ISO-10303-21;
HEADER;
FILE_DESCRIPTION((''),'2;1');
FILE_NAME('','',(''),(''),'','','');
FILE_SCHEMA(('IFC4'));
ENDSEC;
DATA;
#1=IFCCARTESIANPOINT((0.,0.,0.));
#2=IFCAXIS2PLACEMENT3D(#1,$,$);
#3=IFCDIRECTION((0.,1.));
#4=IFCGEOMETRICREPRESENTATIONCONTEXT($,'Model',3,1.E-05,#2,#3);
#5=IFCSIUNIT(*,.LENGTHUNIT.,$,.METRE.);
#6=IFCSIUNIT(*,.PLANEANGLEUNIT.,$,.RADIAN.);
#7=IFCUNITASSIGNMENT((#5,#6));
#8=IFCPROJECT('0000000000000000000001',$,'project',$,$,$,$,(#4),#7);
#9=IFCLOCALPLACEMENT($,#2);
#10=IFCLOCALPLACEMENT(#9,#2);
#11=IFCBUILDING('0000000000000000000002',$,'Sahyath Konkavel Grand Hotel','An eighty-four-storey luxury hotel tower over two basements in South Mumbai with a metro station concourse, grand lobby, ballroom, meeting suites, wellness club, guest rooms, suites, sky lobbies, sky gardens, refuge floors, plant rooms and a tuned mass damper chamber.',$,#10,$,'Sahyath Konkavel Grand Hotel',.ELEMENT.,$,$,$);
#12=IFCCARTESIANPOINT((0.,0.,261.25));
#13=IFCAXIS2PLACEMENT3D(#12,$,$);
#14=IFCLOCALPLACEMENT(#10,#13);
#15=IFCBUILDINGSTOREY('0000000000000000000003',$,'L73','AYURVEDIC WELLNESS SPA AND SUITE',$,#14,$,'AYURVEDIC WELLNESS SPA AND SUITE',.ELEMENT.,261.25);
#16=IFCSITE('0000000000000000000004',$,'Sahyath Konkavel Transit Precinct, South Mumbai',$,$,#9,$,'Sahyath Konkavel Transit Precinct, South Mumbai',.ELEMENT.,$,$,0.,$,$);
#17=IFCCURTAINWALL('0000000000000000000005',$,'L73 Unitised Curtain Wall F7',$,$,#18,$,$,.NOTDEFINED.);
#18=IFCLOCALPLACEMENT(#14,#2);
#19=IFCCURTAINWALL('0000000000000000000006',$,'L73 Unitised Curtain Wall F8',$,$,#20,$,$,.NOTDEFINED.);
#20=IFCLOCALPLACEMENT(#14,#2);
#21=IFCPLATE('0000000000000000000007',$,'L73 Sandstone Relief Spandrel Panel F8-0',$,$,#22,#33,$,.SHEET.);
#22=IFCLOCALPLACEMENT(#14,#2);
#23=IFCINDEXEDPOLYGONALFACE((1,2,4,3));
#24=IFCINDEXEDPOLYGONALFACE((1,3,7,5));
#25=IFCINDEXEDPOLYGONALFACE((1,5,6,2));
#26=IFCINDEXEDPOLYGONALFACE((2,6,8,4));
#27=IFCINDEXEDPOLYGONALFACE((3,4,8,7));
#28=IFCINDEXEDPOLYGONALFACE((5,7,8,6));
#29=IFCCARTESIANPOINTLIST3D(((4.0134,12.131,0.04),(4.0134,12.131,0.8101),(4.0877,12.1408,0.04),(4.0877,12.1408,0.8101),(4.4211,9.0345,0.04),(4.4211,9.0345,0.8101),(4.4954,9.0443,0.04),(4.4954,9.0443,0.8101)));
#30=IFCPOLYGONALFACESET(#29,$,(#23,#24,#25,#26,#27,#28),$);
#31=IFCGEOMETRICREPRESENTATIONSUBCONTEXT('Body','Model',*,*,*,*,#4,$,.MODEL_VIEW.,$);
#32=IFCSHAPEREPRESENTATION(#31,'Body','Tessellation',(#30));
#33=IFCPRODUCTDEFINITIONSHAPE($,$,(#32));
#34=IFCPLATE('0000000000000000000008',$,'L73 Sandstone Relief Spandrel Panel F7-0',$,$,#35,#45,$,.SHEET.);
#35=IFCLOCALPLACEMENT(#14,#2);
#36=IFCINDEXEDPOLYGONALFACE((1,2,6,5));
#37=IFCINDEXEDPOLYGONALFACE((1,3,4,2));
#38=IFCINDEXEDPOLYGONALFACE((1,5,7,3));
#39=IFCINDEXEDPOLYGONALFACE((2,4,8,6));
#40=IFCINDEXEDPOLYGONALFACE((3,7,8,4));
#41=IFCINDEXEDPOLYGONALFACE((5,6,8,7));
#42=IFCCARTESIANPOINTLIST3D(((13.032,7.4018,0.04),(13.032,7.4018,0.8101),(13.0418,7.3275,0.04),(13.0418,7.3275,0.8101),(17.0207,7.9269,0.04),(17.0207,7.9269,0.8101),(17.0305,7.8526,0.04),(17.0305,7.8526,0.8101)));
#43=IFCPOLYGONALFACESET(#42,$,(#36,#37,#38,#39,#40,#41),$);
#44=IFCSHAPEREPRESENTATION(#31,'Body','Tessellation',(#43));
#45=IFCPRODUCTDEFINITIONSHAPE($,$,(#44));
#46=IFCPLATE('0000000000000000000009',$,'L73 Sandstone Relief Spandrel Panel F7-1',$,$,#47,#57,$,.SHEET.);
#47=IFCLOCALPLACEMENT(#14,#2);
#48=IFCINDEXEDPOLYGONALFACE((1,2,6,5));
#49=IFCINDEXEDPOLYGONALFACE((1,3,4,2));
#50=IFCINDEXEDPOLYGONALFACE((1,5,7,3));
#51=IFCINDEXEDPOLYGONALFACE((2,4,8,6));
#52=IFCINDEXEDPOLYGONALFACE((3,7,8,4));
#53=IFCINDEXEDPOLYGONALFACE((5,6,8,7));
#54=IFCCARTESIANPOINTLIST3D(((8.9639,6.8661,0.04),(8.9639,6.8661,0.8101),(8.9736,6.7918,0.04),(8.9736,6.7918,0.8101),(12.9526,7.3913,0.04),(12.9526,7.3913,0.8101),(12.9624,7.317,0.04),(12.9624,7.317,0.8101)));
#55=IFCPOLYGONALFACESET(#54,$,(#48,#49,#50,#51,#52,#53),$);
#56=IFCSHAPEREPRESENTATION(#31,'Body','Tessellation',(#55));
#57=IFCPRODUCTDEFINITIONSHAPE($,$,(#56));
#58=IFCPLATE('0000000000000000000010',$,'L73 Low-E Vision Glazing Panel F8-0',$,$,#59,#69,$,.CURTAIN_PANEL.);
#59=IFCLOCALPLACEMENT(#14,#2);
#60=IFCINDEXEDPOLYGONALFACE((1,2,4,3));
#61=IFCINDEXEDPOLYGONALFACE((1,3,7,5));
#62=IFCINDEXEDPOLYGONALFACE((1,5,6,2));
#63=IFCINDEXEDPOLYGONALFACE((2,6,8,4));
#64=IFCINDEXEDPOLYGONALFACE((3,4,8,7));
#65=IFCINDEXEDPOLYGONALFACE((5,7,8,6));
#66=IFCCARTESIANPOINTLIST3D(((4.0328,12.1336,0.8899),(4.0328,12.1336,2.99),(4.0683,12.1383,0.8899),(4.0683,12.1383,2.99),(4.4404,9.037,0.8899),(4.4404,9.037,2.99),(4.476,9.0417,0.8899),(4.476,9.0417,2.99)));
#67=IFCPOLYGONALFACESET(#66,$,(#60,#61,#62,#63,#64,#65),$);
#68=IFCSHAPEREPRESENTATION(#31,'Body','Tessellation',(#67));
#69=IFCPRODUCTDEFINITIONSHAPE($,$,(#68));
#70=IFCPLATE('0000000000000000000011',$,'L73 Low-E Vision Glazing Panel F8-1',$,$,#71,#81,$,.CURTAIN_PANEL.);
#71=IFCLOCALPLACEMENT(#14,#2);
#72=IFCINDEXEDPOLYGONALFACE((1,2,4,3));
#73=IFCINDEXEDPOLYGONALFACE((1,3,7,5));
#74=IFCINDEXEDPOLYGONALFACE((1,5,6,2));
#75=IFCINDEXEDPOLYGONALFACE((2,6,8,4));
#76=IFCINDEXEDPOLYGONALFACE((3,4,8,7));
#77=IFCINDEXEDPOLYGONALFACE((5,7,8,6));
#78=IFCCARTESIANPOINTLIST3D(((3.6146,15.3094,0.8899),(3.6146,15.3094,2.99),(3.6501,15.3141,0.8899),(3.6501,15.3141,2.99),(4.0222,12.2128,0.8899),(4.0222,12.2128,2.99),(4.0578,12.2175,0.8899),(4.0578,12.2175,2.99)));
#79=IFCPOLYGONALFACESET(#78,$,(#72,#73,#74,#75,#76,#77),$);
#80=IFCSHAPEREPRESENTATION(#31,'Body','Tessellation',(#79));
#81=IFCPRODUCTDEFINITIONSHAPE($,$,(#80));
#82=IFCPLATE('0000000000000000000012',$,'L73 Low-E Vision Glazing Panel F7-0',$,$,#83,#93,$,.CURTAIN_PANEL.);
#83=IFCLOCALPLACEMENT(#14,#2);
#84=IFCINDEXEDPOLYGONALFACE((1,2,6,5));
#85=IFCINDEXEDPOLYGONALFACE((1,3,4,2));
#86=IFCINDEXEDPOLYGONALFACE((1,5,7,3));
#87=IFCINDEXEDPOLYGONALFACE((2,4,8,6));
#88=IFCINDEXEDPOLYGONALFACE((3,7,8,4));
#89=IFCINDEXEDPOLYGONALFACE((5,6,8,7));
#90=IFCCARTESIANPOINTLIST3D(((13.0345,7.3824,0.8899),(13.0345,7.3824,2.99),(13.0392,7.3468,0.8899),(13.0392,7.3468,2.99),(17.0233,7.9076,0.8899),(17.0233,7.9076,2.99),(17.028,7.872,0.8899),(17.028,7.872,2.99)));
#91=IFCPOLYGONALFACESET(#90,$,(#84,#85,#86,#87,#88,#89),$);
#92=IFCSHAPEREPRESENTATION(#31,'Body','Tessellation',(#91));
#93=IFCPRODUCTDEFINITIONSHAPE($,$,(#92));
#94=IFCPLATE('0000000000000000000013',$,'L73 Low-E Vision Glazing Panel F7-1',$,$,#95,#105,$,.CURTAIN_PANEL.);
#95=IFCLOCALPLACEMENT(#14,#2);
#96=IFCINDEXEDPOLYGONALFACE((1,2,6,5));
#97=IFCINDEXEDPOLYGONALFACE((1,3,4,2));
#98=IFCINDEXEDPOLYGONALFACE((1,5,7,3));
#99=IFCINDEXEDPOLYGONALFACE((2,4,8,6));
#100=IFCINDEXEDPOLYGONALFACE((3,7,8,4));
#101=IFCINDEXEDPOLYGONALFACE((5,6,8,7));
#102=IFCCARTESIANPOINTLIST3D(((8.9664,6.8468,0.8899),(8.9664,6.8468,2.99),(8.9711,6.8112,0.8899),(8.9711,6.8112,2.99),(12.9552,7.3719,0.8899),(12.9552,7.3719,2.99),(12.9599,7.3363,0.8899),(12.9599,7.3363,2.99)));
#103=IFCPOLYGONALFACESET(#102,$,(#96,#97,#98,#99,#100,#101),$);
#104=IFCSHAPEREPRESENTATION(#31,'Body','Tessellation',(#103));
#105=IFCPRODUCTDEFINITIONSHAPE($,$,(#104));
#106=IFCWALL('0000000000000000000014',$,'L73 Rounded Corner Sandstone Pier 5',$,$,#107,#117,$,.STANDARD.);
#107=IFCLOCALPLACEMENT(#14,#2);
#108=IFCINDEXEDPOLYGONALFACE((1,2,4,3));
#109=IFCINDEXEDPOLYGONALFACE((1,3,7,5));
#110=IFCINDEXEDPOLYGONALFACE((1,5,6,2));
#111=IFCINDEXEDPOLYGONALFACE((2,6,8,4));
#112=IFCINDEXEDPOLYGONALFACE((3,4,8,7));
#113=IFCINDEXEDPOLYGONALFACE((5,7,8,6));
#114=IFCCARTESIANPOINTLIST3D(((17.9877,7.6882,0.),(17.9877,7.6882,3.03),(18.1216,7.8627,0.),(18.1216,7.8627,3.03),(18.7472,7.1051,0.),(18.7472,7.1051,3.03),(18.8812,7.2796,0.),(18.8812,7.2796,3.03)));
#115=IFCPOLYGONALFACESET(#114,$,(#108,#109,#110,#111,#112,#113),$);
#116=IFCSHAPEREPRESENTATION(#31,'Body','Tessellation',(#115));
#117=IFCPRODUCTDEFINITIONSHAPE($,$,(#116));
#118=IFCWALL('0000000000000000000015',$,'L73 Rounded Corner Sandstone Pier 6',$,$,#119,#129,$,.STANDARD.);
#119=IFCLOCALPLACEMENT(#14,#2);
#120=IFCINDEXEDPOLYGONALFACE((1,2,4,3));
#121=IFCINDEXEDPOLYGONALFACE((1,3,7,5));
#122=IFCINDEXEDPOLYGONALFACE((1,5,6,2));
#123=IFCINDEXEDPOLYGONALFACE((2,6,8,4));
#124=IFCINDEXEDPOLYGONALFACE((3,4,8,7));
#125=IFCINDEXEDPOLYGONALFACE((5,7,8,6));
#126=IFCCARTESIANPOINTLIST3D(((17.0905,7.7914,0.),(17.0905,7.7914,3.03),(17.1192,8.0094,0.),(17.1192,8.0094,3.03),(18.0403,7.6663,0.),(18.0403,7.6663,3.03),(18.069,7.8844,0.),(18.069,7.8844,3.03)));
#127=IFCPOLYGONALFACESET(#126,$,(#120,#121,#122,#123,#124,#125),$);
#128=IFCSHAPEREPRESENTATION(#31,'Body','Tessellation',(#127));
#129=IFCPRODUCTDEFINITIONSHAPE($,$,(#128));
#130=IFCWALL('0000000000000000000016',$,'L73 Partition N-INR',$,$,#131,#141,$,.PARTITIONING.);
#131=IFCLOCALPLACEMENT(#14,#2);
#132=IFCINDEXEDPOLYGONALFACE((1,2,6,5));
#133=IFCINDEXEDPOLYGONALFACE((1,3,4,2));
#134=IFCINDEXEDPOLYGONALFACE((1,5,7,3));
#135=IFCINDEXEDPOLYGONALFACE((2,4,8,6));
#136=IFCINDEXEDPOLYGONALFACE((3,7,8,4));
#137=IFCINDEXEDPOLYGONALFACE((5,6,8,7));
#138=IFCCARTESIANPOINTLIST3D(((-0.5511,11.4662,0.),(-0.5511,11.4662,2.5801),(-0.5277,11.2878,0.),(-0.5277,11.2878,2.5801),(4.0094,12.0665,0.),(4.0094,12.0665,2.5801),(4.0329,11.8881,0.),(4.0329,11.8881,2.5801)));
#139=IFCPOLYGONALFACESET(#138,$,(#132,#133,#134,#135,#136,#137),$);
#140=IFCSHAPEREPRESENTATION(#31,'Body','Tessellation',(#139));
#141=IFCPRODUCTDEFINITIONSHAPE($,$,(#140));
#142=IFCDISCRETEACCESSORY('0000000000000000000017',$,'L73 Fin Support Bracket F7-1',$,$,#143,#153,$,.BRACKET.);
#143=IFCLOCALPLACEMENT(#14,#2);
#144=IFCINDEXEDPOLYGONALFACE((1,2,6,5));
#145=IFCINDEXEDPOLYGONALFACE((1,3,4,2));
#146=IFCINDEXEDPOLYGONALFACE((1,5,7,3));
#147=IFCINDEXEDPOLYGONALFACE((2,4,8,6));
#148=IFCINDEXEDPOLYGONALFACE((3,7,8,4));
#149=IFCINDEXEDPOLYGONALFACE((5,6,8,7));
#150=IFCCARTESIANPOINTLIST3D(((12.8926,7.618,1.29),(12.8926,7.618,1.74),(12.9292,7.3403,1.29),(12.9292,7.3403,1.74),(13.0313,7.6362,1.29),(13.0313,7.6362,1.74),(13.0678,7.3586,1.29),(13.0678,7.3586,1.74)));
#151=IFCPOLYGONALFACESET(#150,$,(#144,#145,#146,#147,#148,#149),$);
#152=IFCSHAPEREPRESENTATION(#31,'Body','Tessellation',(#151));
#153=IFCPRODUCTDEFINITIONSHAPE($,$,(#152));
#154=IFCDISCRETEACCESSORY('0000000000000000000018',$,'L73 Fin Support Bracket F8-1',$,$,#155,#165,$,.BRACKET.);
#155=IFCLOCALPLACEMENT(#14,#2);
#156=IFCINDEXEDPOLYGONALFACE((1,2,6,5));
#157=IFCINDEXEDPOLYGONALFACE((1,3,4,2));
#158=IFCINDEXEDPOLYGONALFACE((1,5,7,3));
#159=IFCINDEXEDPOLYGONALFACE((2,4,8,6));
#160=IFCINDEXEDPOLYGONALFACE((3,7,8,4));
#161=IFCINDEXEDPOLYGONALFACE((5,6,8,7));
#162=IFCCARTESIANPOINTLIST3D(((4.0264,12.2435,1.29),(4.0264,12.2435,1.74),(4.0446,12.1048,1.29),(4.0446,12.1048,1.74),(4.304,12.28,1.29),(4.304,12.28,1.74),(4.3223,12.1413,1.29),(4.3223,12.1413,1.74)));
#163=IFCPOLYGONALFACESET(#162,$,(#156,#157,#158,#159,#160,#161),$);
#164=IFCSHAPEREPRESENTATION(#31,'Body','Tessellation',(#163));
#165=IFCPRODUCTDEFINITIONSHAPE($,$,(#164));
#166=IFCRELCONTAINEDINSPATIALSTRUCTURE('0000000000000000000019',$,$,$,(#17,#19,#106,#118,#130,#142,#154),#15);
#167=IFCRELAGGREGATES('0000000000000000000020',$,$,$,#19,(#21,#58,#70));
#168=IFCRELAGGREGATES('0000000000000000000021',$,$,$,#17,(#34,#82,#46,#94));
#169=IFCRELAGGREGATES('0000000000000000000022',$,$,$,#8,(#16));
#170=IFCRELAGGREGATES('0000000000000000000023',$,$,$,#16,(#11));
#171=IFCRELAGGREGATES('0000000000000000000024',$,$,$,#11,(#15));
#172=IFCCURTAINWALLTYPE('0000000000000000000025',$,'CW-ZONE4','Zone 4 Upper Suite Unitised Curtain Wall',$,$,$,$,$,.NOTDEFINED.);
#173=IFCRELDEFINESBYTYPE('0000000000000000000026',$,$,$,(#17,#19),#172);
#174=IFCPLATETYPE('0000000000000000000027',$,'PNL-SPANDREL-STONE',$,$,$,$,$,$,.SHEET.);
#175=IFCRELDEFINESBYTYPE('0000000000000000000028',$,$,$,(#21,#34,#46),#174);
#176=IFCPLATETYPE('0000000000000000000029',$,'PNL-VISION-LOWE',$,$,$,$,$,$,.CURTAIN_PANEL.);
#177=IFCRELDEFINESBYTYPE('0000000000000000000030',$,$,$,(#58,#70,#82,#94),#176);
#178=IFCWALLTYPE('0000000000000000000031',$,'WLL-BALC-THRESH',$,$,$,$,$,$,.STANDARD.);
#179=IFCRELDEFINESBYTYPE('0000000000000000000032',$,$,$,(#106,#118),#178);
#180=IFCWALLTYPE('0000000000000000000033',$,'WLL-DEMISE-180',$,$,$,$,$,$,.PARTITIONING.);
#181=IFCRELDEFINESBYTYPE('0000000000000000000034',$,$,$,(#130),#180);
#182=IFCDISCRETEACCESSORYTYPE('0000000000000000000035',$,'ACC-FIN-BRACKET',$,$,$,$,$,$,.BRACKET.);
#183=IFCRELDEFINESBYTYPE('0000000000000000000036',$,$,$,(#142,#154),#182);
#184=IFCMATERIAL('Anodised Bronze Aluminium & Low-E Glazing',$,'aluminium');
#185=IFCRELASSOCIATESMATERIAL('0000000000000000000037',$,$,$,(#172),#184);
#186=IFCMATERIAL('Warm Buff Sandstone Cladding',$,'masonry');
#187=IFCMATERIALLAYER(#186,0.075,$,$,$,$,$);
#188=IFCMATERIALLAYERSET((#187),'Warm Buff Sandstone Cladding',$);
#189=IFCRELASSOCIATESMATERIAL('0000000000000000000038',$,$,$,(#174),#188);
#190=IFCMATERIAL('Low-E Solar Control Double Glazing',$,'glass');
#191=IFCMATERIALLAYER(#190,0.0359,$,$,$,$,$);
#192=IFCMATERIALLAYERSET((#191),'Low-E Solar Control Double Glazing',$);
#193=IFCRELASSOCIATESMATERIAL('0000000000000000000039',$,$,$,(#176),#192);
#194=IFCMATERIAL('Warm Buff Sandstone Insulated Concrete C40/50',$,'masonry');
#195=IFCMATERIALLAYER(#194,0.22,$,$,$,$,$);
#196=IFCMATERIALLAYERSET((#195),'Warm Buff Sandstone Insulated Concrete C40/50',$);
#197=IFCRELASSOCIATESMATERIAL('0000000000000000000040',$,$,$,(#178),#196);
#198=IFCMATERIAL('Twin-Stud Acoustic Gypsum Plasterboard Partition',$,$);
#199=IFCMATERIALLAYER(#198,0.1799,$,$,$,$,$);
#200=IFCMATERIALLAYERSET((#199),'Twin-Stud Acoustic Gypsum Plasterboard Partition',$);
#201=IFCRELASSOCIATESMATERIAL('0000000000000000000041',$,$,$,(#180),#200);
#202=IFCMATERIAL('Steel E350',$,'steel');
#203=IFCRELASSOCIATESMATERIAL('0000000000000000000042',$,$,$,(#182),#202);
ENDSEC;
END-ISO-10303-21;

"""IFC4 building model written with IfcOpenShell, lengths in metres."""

from ifc_helpers import new_model, si_unit, direction, frame, frame_2d, origin, origin_2d, place, context, subcontext, project, spatial, rectangle, extrude, source, transform, mapped, material, layer, layer_set, type_object, element, aggregate, save


model = new_model("IFC4")

# Units and contexts
model_context = context("Model", 3, precision=1e-05, world=origin(), true_north=direction((0.0, 1.0)))
body_context = subcontext(model_context, "Body", "Model", "MODEL_VIEW")
ifc_project = project(units=[si_unit("LENGTHUNIT", "METRE"), si_unit("PLANEANGLEUNIT", "RADIAN")], contexts=[model_context])

# Site, building, storey
site_placement = place(None, origin())
site = spatial("IfcSite", under=ifc_project, at=site_placement, Name="Sahyath Konkavel Transit Precinct, South Mumbai", LongName="Sahyath Konkavel Transit Precinct, South Mumbai", CompositionType="ELEMENT", RefElevation=0.0)
building_placement = place(site_placement, origin())
building = spatial("IfcBuilding", under=site, at=building_placement, Name="Sahyath Konkavel Grand Hotel", Description="An eighty-four-storey luxury hotel tower over two basements in South Mumbai with a metro station concourse, grand lobby, ballroom, meeting suites, wellness club, guest rooms, suites, sky lobbies, sky gardens, refuge floors, plant rooms and a tuned mass damper chamber.", LongName="Sahyath Konkavel Grand Hotel", CompositionType="ELEMENT")
storey_placement = place(building_placement, frame((0.0, 0.0, 261.25)))
storey = spatial("IfcBuildingStorey", under=building, at=storey_placement, Name="L73", Description="AYURVEDIC WELLNESS SPA AND SUITE", LongName="AYURVEDIC WELLNESS SPA AND SUITE", CompositionType="ELEMENT", Elevation=261.25)

# Shared definitions
ifc_material_1 = material(Name="Anodised Bronze Aluminium & Low-E Glazing", Category="aluminium")
curtain_wall_type = type_object("IfcCurtainWallType", Name="CW-ZONE4", Description="Zone 4 Upper Suite Unitised Curtain Wall", PredefinedType="NOTDEFINED", material=ifc_material_1)

# Curtain walls
curtain_wall_1_placement = place(storey_placement, origin())
curtain_wall_1 = element("IfcCurtainWall", 1, at=curtain_wall_1_placement, inside=storey, type_object=curtain_wall_type, Name="L73 Unitised Curtain Wall F7", PredefinedType="NOTDEFINED")
curtain_wall_2_placement = place(storey_placement, origin())
curtain_wall_2 = element("IfcCurtainWall", 2, at=curtain_wall_2_placement, inside=storey, type_object=curtain_wall_type, Name="L73 Unitised Curtain Wall F8", PredefinedType="NOTDEFINED")

# Plates
ifc_material_2 = material(Name="Warm Buff Sandstone Cladding", Category="masonry")
ifc_layer_1 = layer(ifc_material_2, 0.075)
ifc_layer_set_1 = layer_set([ifc_layer_1], Name="Warm Buff Sandstone Cladding")
plate_type_1 = type_object("IfcPlateType", Name="PNL-SPANDREL-STONE", PredefinedType="SHEET", material=ifc_layer_set_1)
shared_shape_1 = source(origin(), body_context, "Body", "SweptSolid", [
    extrude(rectangle(XDim=3.1233, YDim=0.075, at=origin_2d()), origin(), (0.0, 0.0, 1.0), 0.77),
])
plate_1_placement = place(storey_placement, frame((4.2544, 10.5876, 0.04), z_axis=(0.0, 0.0, 1.0), x_axis=(-0.130526, 0.991445, 0.0)))
plate_1 = element("IfcPlate", 3, at=plate_1_placement, type_object=plate_type_1, Name="L73 Sandstone Relief Spandrel Panel F8-0", PredefinedType="SHEET", context=body_context, shape_type="MappedRepresentation", body=[
    mapped(shared_shape_1, transform((0.0, 0.0, 0.0), scale=1.0)),
])
shared_shape_2 = source(origin(), body_context, "Body", "SweptSolid", [
    extrude(rectangle(XDim=4.0232, YDim=0.075, at=origin_2d()), origin(), (0.0, 0.0, 1.0), 0.77),
])
plate_2_placement = place(storey_placement, frame((15.0312, 7.6272, 0.04), z_axis=(0.0, 0.0, 1.0), x_axis=(-0.991445, -0.130526, 0.0)))
plate_2 = element("IfcPlate", 4, at=plate_2_placement, type_object=plate_type_1, Name="L73 Sandstone Relief Spandrel Panel F7-0", PredefinedType="SHEET", context=body_context, shape_type="MappedRepresentation", body=[
    mapped(shared_shape_2, transform((0.0, 0.0, 0.0), scale=1.0)),
])
plate_3_placement = place(storey_placement, frame((10.9631, 7.0916, 0.04), z_axis=(0.0, 0.0, 1.0), x_axis=(-0.991445, -0.130526, 0.0)))
plate_3 = element("IfcPlate", 5, at=plate_3_placement, type_object=plate_type_1, Name="L73 Sandstone Relief Spandrel Panel F7-1", PredefinedType="SHEET", context=body_context, shape_type="MappedRepresentation", body=[
    mapped(shared_shape_2, transform((0.0, 0.0, 0.0), scale=1.0)),
])
ifc_material_3 = material(Name="Low-E Solar Control Double Glazing", Category="glass")
ifc_layer_2 = layer(ifc_material_3, 0.0359)
ifc_layer_set_2 = layer_set([ifc_layer_2], Name="Low-E Solar Control Double Glazing")
plate_type_2 = type_object("IfcPlateType", Name="PNL-VISION-LOWE", PredefinedType="CURTAIN_PANEL", material=ifc_layer_set_2)
shared_shape_3 = source(origin(), body_context, "Body", "SweptSolid", [
    extrude(rectangle(XDim=3.1233, YDim=0.0359, at=origin_2d()), origin(), (0.0, 0.0, 1.0), 2.1001),
])
plate_4_placement = place(storey_placement, frame((4.2544, 10.5876, 0.8899), z_axis=(0.0, 0.0, 1.0), x_axis=(-0.130526, 0.991445, 0.0)))
plate_4 = element("IfcPlate", 6, at=plate_4_placement, type_object=plate_type_2, Name="L73 Low-E Vision Glazing Panel F8-0", PredefinedType="CURTAIN_PANEL", context=body_context, shape_type="MappedRepresentation", body=[
    mapped(shared_shape_3, transform((0.0, 0.0, 0.0), scale=1.0)),
])
plate_5_placement = place(storey_placement, frame((3.8362, 13.7634, 0.8899), z_axis=(0.0, 0.0, 1.0), x_axis=(-0.130526, 0.991445, 0.0)))
plate_5 = element("IfcPlate", 7, at=plate_5_placement, type_object=plate_type_2, Name="L73 Low-E Vision Glazing Panel F8-1", PredefinedType="CURTAIN_PANEL", context=body_context, shape_type="MappedRepresentation", body=[
    mapped(shared_shape_3, transform((0.0, 0.0, 0.0), scale=1.0)),
])
aggregate(curtain_wall_2, [plate_1, plate_4, plate_5])
shared_shape_4 = source(origin(), body_context, "Body", "SweptSolid", [
    extrude(rectangle(XDim=4.0232, YDim=0.0359, at=origin_2d()), origin(), (0.0, 0.0, 1.0), 2.1001),
])
plate_6_placement = place(storey_placement, frame((15.0312, 7.6272, 0.8899), z_axis=(0.0, 0.0, 1.0), x_axis=(-0.991445, -0.130526, 0.0)))
plate_6 = element("IfcPlate", 8, at=plate_6_placement, type_object=plate_type_2, Name="L73 Low-E Vision Glazing Panel F7-0", PredefinedType="CURTAIN_PANEL", context=body_context, shape_type="MappedRepresentation", body=[
    mapped(shared_shape_4, transform((0.0, 0.0, 0.0), scale=1.0)),
])
plate_7_placement = place(storey_placement, frame((10.9631, 7.0916, 0.8899), z_axis=(0.0, 0.0, 1.0), x_axis=(-0.991445, -0.130526, 0.0)))
plate_7 = element("IfcPlate", 9, at=plate_7_placement, type_object=plate_type_2, Name="L73 Low-E Vision Glazing Panel F7-1", PredefinedType="CURTAIN_PANEL", context=body_context, shape_type="MappedRepresentation", body=[
    mapped(shared_shape_4, transform((0.0, 0.0, 0.0), scale=1.0)),
])
aggregate(curtain_wall_1, [plate_2, plate_6, plate_3, plate_7])

# Walls
ifc_material_4 = material(Name="Warm Buff Sandstone Insulated Concrete C40/50", Category="masonry")
ifc_layer_3 = layer(ifc_material_4, 0.22)
ifc_layer_set_3 = layer_set([ifc_layer_3], Name="Warm Buff Sandstone Insulated Concrete C40/50")
wall_type_1 = type_object("IfcWallType", Name="WLL-BALC-THRESH", PredefinedType="STANDARD", material=ifc_layer_set_3)
wall_1_placement = place(storey_placement, frame((18.8142, 7.1924, 0.0), z_axis=(0.0, 0.0, 1.0), x_axis=(-0.793249, 0.608897, 0.0)))
element("IfcWall", 10, at=wall_1_placement, inside=storey, type_object=wall_type_1, Name="L73 Rounded Corner Sandstone Pier 5", PredefinedType="STANDARD", context=body_context, shape_type="SweptSolid", body=[
    extrude(rectangle(XDim=0.9575, YDim=0.22, at=frame_2d((0.4788, 0.0))), origin(), (0.0, 0.0, 1.0), 3.03),
])
wall_2_placement = place(storey_placement, frame((18.0547, 7.7754, 0.0), z_axis=(0.0, 0.0, 1.0), x_axis=(-0.991449, 0.130494, 0.0)))
element("IfcWall", 11, at=wall_2_placement, inside=storey, type_object=wall_type_1, Name="L73 Rounded Corner Sandstone Pier 6", PredefinedType="STANDARD", context=body_context, shape_type="SweptSolid", body=[
    extrude(rectangle(XDim=0.958, YDim=0.22, at=frame_2d((0.479, 0.0))), origin(), (0.0, 0.0, 1.0), 3.03),
])
ifc_material_5 = material(Name="Twin-Stud Acoustic Gypsum Plasterboard Partition")
ifc_layer_4 = layer(ifc_material_5, 0.1799)
ifc_layer_set_4 = layer_set([ifc_layer_4], Name="Twin-Stud Acoustic Gypsum Plasterboard Partition")
wall_type_2 = type_object("IfcWallType", Name="WLL-DEMISE-180", PredefinedType="PARTITIONING", material=ifc_layer_set_4)
wall_3_placement = place(storey_placement, frame((4.021, 11.9773, 0.0), z_axis=(0.0, 0.0, 1.0), x_axis=(-0.991447, -0.130512, 0.0)))
element("IfcWall", 12, at=wall_3_placement, inside=storey, type_object=wall_type_2, Name="L73 Partition N-INR", PredefinedType="PARTITIONING", context=body_context, shape_type="SweptSolid", body=[
    extrude(rectangle(XDim=4.5999, YDim=0.1799, at=frame_2d((2.2998, 0.0))), origin(), (0.0, 0.0, 1.0), 2.5801),
])

# Discrete accessories
ifc_material_6 = material(Name="Steel E350", Category="steel")
discrete_accessory_type = type_object("IfcDiscreteAccessoryType", Name="ACC-FIN-BRACKET", PredefinedType="BRACKET", material=ifc_material_6)
shared_shape_5 = source(origin(), body_context, "Body", "SweptSolid", [
    extrude(rectangle(XDim=0.28, YDim=0.1399, at=origin_2d()), origin(), (0.0, 0.0, 1.0), 0.45),
])
for number, where, z_axis, x_axis, name in (
    (13, (12.9802, 7.4883, 1.29), (0.0, 0.0, 1.0), (-0.130526, 0.991445, 0.0), "L73 Fin Support Bracket F7-1"),
    (14, (4.1743, 12.1924, 1.29), (0.0, 0.0, 1.0), (0.991445, 0.130526, 0.0), "L73 Fin Support Bracket F8-1"),
):
    element("IfcDiscreteAccessory", number, at=place(storey_placement, frame(where, z_axis=z_axis, x_axis=x_axis)), inside=storey, type_object=discrete_accessory_type, Name=name, PredefinedType="BRACKET", context=body_context, shape_type="MappedRepresentation", body=[
        mapped(shared_shape_5, transform((0.0, 0.0, 0.0), scale=1.0)),
    ])

save(model, "model.ifc")
